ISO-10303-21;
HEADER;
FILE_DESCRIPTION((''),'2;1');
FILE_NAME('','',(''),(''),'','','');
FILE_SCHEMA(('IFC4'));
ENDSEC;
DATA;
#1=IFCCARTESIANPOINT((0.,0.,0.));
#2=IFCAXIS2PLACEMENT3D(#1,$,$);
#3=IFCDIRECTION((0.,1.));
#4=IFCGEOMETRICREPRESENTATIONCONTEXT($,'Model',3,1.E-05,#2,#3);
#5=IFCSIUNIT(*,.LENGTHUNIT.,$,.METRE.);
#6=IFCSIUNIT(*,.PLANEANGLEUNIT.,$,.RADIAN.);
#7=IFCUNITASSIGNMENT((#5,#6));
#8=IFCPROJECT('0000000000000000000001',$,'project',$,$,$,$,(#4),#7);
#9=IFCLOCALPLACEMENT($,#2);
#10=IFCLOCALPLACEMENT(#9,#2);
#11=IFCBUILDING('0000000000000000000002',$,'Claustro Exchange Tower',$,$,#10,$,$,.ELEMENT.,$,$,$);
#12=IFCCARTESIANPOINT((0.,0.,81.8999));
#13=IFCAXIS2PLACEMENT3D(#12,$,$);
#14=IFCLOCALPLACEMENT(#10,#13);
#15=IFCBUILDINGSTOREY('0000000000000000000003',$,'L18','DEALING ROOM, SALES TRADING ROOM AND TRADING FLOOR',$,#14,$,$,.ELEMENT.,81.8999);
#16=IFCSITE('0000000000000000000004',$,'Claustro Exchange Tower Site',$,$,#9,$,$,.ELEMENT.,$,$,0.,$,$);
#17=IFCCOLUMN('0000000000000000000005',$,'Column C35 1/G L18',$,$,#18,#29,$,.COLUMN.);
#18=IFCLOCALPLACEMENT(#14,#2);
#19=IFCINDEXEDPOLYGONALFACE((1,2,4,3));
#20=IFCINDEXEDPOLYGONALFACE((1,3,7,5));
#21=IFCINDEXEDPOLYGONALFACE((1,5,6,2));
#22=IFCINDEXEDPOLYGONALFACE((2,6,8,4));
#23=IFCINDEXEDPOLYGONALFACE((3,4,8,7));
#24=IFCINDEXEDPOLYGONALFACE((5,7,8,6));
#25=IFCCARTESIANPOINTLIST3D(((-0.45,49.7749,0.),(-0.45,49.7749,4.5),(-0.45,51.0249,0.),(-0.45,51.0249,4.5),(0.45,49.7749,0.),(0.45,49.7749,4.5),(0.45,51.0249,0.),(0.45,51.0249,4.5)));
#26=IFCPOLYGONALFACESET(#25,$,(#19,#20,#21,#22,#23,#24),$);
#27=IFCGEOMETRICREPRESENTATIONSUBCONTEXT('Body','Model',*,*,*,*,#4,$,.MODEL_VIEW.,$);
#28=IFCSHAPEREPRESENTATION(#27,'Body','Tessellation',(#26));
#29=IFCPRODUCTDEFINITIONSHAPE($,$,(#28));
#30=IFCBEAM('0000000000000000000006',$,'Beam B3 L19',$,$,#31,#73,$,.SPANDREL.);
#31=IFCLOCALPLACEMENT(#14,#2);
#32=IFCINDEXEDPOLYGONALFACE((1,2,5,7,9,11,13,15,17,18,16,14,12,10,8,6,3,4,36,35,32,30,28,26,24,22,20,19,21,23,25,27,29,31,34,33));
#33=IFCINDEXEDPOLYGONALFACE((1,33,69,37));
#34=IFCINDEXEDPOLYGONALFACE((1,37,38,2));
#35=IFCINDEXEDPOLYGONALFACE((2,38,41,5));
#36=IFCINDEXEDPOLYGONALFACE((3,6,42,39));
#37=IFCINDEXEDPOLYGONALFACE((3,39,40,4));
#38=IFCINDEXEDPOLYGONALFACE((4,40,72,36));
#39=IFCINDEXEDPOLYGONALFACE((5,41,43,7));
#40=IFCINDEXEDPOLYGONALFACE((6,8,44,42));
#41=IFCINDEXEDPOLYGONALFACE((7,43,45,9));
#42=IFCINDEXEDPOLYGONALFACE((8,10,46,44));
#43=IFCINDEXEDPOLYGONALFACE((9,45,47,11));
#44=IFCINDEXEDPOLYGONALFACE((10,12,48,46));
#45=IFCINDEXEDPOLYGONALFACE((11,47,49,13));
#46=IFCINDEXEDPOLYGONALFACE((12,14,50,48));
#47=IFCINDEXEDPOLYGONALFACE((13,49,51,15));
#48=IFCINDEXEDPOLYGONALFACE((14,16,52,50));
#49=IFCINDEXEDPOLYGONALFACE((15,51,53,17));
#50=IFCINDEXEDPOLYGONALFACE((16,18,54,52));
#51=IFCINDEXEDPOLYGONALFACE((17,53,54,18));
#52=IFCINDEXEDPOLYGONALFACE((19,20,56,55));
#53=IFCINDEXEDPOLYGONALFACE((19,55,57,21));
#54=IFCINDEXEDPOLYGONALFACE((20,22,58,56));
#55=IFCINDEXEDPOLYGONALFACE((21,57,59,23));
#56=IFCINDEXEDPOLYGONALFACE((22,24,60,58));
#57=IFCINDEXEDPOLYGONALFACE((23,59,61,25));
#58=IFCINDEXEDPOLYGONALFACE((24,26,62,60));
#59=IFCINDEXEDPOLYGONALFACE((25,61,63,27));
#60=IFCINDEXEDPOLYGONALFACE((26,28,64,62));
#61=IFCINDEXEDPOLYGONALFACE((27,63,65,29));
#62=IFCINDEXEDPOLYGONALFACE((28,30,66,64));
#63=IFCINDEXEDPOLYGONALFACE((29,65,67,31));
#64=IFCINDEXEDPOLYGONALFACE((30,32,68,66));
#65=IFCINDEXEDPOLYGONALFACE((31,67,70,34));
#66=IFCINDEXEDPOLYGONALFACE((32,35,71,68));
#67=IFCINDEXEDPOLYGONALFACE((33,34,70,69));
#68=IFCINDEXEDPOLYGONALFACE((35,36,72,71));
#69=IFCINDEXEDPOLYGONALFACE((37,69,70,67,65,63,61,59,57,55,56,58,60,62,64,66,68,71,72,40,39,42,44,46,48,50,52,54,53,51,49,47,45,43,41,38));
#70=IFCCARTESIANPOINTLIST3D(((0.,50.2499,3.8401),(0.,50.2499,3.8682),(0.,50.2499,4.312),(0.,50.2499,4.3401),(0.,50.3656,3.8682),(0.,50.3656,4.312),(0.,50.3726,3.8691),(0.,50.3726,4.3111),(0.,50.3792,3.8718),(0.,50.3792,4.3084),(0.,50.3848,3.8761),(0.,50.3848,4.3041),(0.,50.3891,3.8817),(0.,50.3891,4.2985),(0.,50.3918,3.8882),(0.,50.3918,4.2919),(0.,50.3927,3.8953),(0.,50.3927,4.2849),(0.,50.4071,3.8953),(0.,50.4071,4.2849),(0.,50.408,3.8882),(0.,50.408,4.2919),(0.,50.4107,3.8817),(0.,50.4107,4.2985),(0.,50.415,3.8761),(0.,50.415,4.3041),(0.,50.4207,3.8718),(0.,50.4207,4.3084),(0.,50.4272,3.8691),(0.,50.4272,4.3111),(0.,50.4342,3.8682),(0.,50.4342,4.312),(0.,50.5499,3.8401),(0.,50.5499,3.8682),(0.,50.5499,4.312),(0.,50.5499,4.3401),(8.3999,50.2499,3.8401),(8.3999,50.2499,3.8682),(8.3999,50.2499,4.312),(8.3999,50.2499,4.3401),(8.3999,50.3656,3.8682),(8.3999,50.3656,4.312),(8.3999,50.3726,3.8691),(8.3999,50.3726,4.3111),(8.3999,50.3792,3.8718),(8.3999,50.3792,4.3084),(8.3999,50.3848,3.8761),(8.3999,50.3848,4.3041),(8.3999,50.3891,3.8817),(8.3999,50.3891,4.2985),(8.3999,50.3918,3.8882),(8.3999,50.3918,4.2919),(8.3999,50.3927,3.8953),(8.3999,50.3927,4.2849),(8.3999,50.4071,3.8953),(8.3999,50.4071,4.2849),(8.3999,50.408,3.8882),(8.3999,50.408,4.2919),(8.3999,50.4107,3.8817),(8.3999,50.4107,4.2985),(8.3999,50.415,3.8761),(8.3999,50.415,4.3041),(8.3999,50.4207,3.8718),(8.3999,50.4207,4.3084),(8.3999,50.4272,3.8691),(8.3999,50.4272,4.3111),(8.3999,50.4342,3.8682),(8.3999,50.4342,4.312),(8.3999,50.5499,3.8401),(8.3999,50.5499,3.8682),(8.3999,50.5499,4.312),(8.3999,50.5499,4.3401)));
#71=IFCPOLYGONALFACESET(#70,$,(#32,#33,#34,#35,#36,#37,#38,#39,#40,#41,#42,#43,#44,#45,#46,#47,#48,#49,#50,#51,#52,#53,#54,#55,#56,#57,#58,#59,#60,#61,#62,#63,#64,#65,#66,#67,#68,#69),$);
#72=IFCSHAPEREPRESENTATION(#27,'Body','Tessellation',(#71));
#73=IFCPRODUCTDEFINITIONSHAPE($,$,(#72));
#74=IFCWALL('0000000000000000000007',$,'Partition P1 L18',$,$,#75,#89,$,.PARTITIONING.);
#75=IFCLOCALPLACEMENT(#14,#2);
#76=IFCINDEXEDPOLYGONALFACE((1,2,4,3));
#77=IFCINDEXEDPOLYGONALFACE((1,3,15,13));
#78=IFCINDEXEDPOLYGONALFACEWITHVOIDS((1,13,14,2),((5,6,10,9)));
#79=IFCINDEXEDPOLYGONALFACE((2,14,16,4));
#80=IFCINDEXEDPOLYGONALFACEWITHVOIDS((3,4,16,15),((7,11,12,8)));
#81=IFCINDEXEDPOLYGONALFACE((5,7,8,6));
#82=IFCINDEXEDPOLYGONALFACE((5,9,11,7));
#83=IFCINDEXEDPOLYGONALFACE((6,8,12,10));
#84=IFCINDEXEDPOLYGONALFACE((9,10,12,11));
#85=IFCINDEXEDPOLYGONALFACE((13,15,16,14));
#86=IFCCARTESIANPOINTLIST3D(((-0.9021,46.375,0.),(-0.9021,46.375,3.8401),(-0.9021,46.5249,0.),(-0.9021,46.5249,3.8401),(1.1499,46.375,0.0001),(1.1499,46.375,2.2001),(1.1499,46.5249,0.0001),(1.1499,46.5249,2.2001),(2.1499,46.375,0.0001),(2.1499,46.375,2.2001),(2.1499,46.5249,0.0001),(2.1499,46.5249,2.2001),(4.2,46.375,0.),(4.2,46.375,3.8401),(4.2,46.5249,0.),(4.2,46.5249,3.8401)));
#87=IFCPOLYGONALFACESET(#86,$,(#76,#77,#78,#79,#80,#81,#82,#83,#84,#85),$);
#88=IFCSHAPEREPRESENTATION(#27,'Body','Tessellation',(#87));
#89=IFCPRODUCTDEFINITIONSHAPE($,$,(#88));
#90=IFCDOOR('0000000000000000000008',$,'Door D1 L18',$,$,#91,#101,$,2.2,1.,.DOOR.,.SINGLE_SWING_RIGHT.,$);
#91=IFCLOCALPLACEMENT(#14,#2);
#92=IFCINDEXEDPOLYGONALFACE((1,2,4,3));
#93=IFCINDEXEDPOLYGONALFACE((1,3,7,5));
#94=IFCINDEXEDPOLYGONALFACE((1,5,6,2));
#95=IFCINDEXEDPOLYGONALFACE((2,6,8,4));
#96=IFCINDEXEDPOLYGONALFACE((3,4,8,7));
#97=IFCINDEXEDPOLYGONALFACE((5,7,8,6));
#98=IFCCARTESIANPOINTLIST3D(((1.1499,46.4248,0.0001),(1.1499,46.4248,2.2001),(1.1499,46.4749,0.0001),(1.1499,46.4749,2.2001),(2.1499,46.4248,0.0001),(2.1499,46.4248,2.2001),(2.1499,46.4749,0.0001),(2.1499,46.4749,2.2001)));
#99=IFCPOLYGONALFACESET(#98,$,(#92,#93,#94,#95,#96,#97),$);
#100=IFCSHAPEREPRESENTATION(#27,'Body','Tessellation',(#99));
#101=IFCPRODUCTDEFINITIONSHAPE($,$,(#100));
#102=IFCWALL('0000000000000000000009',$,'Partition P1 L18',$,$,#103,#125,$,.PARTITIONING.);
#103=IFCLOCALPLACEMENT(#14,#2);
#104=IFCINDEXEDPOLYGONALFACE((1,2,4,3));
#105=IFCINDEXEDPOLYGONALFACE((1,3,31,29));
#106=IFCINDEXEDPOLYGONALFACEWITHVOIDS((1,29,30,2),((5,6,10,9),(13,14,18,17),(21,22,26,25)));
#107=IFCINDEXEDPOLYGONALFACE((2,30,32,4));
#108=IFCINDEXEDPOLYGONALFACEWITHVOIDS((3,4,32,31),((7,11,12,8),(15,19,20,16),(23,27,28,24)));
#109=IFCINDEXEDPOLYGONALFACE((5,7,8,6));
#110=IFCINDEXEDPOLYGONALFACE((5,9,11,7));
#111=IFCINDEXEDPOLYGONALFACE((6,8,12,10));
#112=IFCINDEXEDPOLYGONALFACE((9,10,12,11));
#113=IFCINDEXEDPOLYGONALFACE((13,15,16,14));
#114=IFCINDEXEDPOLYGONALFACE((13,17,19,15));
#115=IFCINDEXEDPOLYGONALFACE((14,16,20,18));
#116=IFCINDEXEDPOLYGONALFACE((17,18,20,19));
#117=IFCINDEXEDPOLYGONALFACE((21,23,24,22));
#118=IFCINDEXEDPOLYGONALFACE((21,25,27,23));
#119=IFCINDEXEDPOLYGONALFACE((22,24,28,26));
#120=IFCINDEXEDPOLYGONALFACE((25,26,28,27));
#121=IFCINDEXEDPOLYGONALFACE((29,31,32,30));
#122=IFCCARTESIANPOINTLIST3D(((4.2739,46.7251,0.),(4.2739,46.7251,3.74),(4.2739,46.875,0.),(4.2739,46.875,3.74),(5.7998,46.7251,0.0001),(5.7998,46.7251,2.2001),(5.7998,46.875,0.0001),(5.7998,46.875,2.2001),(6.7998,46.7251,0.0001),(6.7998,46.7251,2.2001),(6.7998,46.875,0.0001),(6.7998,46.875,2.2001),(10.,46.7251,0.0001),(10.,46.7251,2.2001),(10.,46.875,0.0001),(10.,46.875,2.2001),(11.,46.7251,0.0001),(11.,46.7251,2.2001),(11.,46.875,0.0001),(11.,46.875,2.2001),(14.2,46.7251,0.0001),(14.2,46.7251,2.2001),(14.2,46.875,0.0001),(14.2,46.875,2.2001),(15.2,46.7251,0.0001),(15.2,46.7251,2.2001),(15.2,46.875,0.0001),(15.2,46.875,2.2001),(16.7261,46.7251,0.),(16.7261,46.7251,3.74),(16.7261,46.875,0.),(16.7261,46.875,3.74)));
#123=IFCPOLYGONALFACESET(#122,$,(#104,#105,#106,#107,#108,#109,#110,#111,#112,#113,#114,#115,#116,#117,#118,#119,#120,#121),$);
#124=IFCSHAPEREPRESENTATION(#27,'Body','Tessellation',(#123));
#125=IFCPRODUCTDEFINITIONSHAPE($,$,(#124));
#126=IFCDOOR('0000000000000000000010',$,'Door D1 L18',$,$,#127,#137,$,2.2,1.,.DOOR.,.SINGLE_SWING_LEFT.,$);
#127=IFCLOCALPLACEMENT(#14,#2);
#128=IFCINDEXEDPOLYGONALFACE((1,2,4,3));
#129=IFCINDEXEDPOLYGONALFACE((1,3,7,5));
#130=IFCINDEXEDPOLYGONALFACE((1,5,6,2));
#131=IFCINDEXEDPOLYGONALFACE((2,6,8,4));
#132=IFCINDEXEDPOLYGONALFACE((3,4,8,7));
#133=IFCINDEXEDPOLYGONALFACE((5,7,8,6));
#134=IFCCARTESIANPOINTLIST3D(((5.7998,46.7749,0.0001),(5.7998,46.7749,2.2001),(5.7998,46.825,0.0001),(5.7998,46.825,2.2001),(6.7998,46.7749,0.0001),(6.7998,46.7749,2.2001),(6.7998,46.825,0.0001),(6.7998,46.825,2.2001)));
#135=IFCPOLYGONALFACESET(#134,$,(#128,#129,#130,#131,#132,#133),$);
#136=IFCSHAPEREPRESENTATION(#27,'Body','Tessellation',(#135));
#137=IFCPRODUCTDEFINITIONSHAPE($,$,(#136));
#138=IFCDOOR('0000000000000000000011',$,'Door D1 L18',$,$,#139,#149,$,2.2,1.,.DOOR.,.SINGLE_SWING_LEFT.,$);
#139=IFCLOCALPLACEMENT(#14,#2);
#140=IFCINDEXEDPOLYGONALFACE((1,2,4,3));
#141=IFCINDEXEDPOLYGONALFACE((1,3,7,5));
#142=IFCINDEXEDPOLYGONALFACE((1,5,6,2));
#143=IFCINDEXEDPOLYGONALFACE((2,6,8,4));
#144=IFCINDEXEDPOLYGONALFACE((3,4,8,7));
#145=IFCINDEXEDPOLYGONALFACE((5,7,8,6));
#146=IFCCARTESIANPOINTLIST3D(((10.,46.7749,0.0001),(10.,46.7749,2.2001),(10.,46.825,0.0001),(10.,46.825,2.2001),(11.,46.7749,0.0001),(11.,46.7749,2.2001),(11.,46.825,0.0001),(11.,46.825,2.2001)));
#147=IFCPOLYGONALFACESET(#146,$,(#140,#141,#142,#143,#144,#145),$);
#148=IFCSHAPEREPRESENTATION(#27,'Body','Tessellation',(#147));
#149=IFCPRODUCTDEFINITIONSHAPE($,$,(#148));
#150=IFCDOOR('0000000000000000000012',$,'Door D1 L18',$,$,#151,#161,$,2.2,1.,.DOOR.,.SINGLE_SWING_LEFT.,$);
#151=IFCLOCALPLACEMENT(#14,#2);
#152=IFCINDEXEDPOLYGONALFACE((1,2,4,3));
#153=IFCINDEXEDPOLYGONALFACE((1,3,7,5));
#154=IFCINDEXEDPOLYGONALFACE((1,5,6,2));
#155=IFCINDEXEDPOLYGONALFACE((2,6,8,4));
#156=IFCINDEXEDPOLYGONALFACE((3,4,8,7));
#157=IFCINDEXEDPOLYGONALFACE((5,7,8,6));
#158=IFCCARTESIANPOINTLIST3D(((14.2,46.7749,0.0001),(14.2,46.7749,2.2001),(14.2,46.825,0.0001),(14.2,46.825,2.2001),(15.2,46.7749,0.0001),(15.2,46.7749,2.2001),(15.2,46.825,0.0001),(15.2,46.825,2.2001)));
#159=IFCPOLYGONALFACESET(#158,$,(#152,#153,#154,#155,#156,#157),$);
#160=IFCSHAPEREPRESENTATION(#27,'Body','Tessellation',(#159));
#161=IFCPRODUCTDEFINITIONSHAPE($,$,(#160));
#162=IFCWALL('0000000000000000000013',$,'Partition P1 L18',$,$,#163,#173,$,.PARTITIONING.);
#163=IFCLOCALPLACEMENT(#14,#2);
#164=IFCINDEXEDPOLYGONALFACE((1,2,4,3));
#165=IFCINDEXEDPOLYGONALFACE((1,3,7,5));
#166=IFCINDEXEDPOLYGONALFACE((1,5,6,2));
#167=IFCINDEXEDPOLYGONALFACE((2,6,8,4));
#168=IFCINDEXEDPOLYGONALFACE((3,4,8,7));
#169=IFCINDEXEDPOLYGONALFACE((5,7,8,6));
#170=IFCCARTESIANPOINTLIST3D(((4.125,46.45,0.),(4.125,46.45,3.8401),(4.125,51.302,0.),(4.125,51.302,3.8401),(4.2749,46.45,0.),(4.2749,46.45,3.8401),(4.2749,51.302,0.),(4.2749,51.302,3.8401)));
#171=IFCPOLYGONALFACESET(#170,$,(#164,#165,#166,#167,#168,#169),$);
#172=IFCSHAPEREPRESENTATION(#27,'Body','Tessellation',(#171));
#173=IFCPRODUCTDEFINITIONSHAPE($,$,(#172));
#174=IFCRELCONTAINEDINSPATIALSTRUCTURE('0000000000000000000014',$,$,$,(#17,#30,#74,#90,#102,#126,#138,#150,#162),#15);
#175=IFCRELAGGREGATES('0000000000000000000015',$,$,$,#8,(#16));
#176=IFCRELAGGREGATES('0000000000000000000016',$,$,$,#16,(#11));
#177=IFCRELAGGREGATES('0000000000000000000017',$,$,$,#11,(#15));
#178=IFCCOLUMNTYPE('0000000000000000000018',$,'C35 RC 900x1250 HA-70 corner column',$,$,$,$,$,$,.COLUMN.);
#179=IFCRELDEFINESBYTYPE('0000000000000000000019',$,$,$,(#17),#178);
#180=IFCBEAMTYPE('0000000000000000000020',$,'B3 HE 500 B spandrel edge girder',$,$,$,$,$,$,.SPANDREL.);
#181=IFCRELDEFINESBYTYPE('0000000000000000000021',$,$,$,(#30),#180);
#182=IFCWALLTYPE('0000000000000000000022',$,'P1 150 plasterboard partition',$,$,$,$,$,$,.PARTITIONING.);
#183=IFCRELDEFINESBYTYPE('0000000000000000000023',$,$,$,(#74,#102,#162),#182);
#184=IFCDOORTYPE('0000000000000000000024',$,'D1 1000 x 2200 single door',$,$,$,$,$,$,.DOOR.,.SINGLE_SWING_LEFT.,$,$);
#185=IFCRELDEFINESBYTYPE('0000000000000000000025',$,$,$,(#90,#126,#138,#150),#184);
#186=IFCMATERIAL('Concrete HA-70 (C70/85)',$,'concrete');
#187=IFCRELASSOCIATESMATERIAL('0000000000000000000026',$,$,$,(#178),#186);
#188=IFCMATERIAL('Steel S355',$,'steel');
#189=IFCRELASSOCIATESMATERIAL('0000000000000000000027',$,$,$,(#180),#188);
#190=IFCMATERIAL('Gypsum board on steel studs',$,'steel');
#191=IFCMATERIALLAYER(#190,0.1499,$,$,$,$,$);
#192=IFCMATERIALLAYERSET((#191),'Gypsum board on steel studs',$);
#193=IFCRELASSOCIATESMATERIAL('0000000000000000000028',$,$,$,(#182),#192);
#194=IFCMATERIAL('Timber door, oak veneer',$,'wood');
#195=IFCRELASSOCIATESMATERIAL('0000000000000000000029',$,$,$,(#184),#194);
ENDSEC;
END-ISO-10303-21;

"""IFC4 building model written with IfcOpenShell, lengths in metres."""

from ifc_helpers import new_model, si_unit, direction, frame, frame_2d, origin, origin_2d, place, context, subcontext, project, spatial, rectangle, i_section, extrude, material, layer, layer_set, material_profile, profile_set, type_object, element, fill, save


model = new_model("IFC4")

# Units and contexts
model_context = context("Model", 3, precision=1e-05, world=origin(), true_north=direction((0.0, 1.0)))
body_context = subcontext(model_context, "Body", "Model", "MODEL_VIEW")
ifc_project = project(units=[si_unit("LENGTHUNIT", "METRE"), si_unit("PLANEANGLEUNIT", "RADIAN")], contexts=[model_context])

# Site, building, storey
site_placement = place(None, origin())
site = spatial("IfcSite", under=ifc_project, at=site_placement, Name="Claustro Exchange Tower Site", CompositionType="ELEMENT", RefElevation=0.0)
building_placement = place(site_placement, origin())
building = spatial("IfcBuilding", under=site, at=building_placement, Name="Claustro Exchange Tower", CompositionType="ELEMENT")
storey_placement = place(building_placement, frame((0.0, 0.0, 81.8999)))
storey = spatial("IfcBuildingStorey", under=building, at=storey_placement, Name="L18", Description="DEALING ROOM, SALES TRADING ROOM AND TRADING FLOOR", CompositionType="ELEMENT", Elevation=81.8999)

# Column
ifc_material_1 = material(Name="Concrete HA-70 (C70/85)", Category="concrete")
ifc_material_profile_1 = material_profile(ifc_material_1, rectangle(XDim=0.8999, YDim=1.25, at=origin_2d()), Name="RC 900x1250")
ifc_profile_set_1 = profile_set([ifc_material_profile_1], Name="Concrete HA-70 (C70/85)")
column_type = type_object("IfcColumnType", Name="C35 RC 900x1250 HA-70 corner column", PredefinedType="COLUMN", material=ifc_profile_set_1)
column_placement = place(storey_placement, frame((0.0, 50.3999, 0.0), z_axis=(0.0, 0.0, 1.0), x_axis=(1.0, 0.0, 0.0)))
element("IfcColumn", 1, at=column_placement, inside=storey, type_object=column_type, Name="Column C35 1/G L18", PredefinedType="COLUMN", context=body_context, shape_type="SweptSolid", body=[
    extrude(rectangle(XDim=0.8999, YDim=1.25, at=origin_2d()), origin(), (0.0, 0.0, 1.0), 4.5),
])

# Beam
ifc_material_2 = material(Name="Steel S355", Category="steel")
ifc_material_profile_2 = material_profile(ifc_material_2, i_section(OverallWidth=0.3, OverallDepth=0.5, WebThickness=0.0144, FlangeThickness=0.0281, FilletRadius=0.0271, at=origin_2d()), Name="HE 500 B")
ifc_profile_set_2 = profile_set([ifc_material_profile_2], Name="Steel S355")
beam_type = type_object("IfcBeamType", Name="B3 HE 500 B spandrel edge girder", PredefinedType="SPANDREL", material=ifc_profile_set_2)
beam_placement = place(storey_placement, frame((0.0, 50.3999, 4.0901), z_axis=(1.0, 0.0, 0.0), x_axis=(0.0, 1.0, 0.0)))
element("IfcBeam", 2, at=beam_placement, inside=storey, type_object=beam_type, Name="Beam B3 L19", PredefinedType="SPANDREL", context=body_context, shape_type="SweptSolid", body=[
    extrude(i_section(OverallWidth=0.3, OverallDepth=0.5, WebThickness=0.0144, FlangeThickness=0.0281, FilletRadius=0.0271, at=origin_2d()), origin(), (0.0, 0.0, 1.0), 8.3999),
])

# Wall, opening, door
ifc_material_3 = material(Name="Gypsum board on steel studs", Category="steel")
ifc_layer_1 = layer(ifc_material_3, 0.1499)
ifc_layer_set_1 = layer_set([ifc_layer_1], Name="Gypsum board on steel studs")
wall_type_1 = type_object("IfcWallType", Name="P1 150 plasterboard partition", PredefinedType="PARTITIONING", material=ifc_layer_set_1)
wall_1_placement = place(storey_placement, frame((-0.9021, 46.45, 0.0), z_axis=(0.0, 0.0, 1.0), x_axis=(1.0, 0.0, 0.0)))
wall_1 = element("IfcWall", 3, at=wall_1_placement, inside=storey, type_object=wall_type_1, Name="Partition P1 L18", PredefinedType="PARTITIONING", context=body_context, shape_type="SweptSolid", body=[
    extrude(rectangle(XDim=5.1021, YDim=0.1499, at=frame_2d((2.551, 0.0))), origin(), (0.0, 0.0, 1.0), 3.8401),
])
opening_1_placement = place(wall_1_placement, frame((2.052, 0.0, 0.0)))
opening_1 = element("IfcOpeningElement", 4, at=opening_1_placement, cuts=wall_1, PredefinedType="OPENING", context=body_context, shape_type="SweptSolid", body=[
    extrude(rectangle(XDim=1.0, YDim=2.2, at=frame_2d((0.5, 1.1001))), frame((0.0, 0.085, 0.0), z_axis=(0.0, -1.0, 0.0), x_axis=(1.0, 0.0, 0.0)), (0.0, 0.0, 1.0), 0.1699),
])
ifc_material_4 = material(Name="Timber door, oak veneer", Category="wood")
door_type = type_object("IfcDoorType", Name="D1 1000 x 2200 single door", OperationType="SINGLE_SWING_LEFT", PredefinedType="DOOR", material=ifc_material_4)
door_1_placement = place(opening_1_placement, origin())
door_1 = element("IfcDoor", 5, at=door_1_placement, inside=storey, type_object=door_type, Name="Door D1 L18", OperationType="SINGLE_SWING_RIGHT", OverallHeight=2.2, OverallWidth=1.0, PredefinedType="DOOR", context=body_context, shape_type="SweptSolid", body=[
    extrude(rectangle(XDim=1.0, YDim=2.2, at=frame_2d((0.5, 1.1001))), frame((0.0, 0.0249, 0.0), z_axis=(0.0, -1.0, 0.0), x_axis=(1.0, 0.0, 0.0)), (0.0, 0.0, 1.0), 0.05),
])
fill(opening_1, door_1)

# Wall, openings, doors
wall_2_placement = place(storey_placement, frame((4.2739, 46.8, 0.0), z_axis=(0.0, 0.0, 1.0), x_axis=(1.0, 0.0, 0.0)))
wall_2 = element("IfcWall", 6, at=wall_2_placement, inside=storey, type_object=wall_type_1, Name="Partition P1 L18", PredefinedType="PARTITIONING", context=body_context, shape_type="SweptSolid", body=[
    extrude(rectangle(XDim=12.4521, YDim=0.1499, at=frame_2d((6.2261, 0.0))), origin(), (0.0, 0.0, 1.0), 3.74),
])
opening_2_placement = place(wall_2_placement, frame((1.5259, 0.0, 0.0)))
opening_2 = element("IfcOpeningElement", 7, at=opening_2_placement, cuts=wall_2, PredefinedType="OPENING", context=body_context, shape_type="SweptSolid", body=[
    extrude(rectangle(XDim=1.0, YDim=2.2, at=frame_2d((0.5, 1.1001))), frame((0.0, 0.085, 0.0), z_axis=(0.0, -1.0, 0.0), x_axis=(1.0, 0.0, 0.0)), (0.0, 0.0, 1.0), 0.1699),
])
opening_3_placement = place(wall_2_placement, frame((5.7261, 0.0, 0.0)))
opening_3 = element("IfcOpeningElement", 8, at=opening_3_placement, cuts=wall_2, PredefinedType="OPENING", context=body_context, shape_type="SweptSolid", body=[
    extrude(rectangle(XDim=1.0, YDim=2.2, at=frame_2d((0.5, 1.1001))), frame((0.0, 0.085, 0.0), z_axis=(0.0, -1.0, 0.0), x_axis=(1.0, 0.0, 0.0)), (0.0, 0.0, 1.0), 0.1699),
])
opening_4_placement = place(wall_2_placement, frame((9.926, 0.0, 0.0)))
opening_4 = element("IfcOpeningElement", 9, at=opening_4_placement, cuts=wall_2, PredefinedType="OPENING", context=body_context, shape_type="SweptSolid", body=[
    extrude(rectangle(XDim=1.0, YDim=2.2, at=frame_2d((0.5, 1.1001))), frame((0.0, 0.085, 0.0), z_axis=(0.0, -1.0, 0.0), x_axis=(1.0, 0.0, 0.0)), (0.0, 0.0, 1.0), 0.1699),
])
door_2_placement = place(opening_2_placement, origin())
door_2 = element("IfcDoor", 10, at=door_2_placement, inside=storey, type_object=door_type, Name="Door D1 L18", OperationType="SINGLE_SWING_LEFT", OverallHeight=2.2, OverallWidth=1.0, PredefinedType="DOOR", context=body_context, shape_type="SweptSolid", body=[
    extrude(rectangle(XDim=1.0, YDim=2.2, at=frame_2d((0.5, 1.1001))), frame((0.0, 0.0249, 0.0), z_axis=(0.0, -1.0, 0.0), x_axis=(1.0, 0.0, 0.0)), (0.0, 0.0, 1.0), 0.05),
])
fill(opening_2, door_2)
door_3_placement = place(opening_3_placement, origin())
door_3 = element("IfcDoor", 11, at=door_3_placement, inside=storey, type_object=door_type, Name="Door D1 L18", OperationType="SINGLE_SWING_LEFT", OverallHeight=2.2, OverallWidth=1.0, PredefinedType="DOOR", context=body_context, shape_type="SweptSolid", body=[
    extrude(rectangle(XDim=1.0, YDim=2.2, at=frame_2d((0.5, 1.1001))), frame((0.0, 0.0249, 0.0), z_axis=(0.0, -1.0, 0.0), x_axis=(1.0, 0.0, 0.0)), (0.0, 0.0, 1.0), 0.05),
])
fill(opening_3, door_3)
door_4_placement = place(opening_4_placement, origin())
door_4 = element("IfcDoor", 12, at=door_4_placement, inside=storey, type_object=door_type, Name="Door D1 L18", OperationType="SINGLE_SWING_LEFT", OverallHeight=2.2, OverallWidth=1.0, PredefinedType="DOOR", context=body_context, shape_type="SweptSolid", body=[
    extrude(rectangle(XDim=1.0, YDim=2.2, at=frame_2d((0.5, 1.1001))), frame((0.0, 0.0249, 0.0), z_axis=(0.0, -1.0, 0.0), x_axis=(1.0, 0.0, 0.0)), (0.0, 0.0, 1.0), 0.05),
])
fill(opening_4, door_4)

# Wall
wall_3_placement = place(storey_placement, frame((4.2, 46.45, 0.0), z_axis=(0.0, 0.0, 1.0), x_axis=(0.0, 1.0, 0.0)))
element("IfcWall", 13, at=wall_3_placement, inside=storey, type_object=wall_type_1, Name="Partition P1 L18", PredefinedType="PARTITIONING", context=body_context, shape_type="SweptSolid", body=[
    extrude(rectangle(XDim=4.8521, YDim=0.1499, at=frame_2d((2.426, 0.0))), origin(), (0.0, 0.0, 1.0), 3.8401),
])

save(model, "model.ifc")
